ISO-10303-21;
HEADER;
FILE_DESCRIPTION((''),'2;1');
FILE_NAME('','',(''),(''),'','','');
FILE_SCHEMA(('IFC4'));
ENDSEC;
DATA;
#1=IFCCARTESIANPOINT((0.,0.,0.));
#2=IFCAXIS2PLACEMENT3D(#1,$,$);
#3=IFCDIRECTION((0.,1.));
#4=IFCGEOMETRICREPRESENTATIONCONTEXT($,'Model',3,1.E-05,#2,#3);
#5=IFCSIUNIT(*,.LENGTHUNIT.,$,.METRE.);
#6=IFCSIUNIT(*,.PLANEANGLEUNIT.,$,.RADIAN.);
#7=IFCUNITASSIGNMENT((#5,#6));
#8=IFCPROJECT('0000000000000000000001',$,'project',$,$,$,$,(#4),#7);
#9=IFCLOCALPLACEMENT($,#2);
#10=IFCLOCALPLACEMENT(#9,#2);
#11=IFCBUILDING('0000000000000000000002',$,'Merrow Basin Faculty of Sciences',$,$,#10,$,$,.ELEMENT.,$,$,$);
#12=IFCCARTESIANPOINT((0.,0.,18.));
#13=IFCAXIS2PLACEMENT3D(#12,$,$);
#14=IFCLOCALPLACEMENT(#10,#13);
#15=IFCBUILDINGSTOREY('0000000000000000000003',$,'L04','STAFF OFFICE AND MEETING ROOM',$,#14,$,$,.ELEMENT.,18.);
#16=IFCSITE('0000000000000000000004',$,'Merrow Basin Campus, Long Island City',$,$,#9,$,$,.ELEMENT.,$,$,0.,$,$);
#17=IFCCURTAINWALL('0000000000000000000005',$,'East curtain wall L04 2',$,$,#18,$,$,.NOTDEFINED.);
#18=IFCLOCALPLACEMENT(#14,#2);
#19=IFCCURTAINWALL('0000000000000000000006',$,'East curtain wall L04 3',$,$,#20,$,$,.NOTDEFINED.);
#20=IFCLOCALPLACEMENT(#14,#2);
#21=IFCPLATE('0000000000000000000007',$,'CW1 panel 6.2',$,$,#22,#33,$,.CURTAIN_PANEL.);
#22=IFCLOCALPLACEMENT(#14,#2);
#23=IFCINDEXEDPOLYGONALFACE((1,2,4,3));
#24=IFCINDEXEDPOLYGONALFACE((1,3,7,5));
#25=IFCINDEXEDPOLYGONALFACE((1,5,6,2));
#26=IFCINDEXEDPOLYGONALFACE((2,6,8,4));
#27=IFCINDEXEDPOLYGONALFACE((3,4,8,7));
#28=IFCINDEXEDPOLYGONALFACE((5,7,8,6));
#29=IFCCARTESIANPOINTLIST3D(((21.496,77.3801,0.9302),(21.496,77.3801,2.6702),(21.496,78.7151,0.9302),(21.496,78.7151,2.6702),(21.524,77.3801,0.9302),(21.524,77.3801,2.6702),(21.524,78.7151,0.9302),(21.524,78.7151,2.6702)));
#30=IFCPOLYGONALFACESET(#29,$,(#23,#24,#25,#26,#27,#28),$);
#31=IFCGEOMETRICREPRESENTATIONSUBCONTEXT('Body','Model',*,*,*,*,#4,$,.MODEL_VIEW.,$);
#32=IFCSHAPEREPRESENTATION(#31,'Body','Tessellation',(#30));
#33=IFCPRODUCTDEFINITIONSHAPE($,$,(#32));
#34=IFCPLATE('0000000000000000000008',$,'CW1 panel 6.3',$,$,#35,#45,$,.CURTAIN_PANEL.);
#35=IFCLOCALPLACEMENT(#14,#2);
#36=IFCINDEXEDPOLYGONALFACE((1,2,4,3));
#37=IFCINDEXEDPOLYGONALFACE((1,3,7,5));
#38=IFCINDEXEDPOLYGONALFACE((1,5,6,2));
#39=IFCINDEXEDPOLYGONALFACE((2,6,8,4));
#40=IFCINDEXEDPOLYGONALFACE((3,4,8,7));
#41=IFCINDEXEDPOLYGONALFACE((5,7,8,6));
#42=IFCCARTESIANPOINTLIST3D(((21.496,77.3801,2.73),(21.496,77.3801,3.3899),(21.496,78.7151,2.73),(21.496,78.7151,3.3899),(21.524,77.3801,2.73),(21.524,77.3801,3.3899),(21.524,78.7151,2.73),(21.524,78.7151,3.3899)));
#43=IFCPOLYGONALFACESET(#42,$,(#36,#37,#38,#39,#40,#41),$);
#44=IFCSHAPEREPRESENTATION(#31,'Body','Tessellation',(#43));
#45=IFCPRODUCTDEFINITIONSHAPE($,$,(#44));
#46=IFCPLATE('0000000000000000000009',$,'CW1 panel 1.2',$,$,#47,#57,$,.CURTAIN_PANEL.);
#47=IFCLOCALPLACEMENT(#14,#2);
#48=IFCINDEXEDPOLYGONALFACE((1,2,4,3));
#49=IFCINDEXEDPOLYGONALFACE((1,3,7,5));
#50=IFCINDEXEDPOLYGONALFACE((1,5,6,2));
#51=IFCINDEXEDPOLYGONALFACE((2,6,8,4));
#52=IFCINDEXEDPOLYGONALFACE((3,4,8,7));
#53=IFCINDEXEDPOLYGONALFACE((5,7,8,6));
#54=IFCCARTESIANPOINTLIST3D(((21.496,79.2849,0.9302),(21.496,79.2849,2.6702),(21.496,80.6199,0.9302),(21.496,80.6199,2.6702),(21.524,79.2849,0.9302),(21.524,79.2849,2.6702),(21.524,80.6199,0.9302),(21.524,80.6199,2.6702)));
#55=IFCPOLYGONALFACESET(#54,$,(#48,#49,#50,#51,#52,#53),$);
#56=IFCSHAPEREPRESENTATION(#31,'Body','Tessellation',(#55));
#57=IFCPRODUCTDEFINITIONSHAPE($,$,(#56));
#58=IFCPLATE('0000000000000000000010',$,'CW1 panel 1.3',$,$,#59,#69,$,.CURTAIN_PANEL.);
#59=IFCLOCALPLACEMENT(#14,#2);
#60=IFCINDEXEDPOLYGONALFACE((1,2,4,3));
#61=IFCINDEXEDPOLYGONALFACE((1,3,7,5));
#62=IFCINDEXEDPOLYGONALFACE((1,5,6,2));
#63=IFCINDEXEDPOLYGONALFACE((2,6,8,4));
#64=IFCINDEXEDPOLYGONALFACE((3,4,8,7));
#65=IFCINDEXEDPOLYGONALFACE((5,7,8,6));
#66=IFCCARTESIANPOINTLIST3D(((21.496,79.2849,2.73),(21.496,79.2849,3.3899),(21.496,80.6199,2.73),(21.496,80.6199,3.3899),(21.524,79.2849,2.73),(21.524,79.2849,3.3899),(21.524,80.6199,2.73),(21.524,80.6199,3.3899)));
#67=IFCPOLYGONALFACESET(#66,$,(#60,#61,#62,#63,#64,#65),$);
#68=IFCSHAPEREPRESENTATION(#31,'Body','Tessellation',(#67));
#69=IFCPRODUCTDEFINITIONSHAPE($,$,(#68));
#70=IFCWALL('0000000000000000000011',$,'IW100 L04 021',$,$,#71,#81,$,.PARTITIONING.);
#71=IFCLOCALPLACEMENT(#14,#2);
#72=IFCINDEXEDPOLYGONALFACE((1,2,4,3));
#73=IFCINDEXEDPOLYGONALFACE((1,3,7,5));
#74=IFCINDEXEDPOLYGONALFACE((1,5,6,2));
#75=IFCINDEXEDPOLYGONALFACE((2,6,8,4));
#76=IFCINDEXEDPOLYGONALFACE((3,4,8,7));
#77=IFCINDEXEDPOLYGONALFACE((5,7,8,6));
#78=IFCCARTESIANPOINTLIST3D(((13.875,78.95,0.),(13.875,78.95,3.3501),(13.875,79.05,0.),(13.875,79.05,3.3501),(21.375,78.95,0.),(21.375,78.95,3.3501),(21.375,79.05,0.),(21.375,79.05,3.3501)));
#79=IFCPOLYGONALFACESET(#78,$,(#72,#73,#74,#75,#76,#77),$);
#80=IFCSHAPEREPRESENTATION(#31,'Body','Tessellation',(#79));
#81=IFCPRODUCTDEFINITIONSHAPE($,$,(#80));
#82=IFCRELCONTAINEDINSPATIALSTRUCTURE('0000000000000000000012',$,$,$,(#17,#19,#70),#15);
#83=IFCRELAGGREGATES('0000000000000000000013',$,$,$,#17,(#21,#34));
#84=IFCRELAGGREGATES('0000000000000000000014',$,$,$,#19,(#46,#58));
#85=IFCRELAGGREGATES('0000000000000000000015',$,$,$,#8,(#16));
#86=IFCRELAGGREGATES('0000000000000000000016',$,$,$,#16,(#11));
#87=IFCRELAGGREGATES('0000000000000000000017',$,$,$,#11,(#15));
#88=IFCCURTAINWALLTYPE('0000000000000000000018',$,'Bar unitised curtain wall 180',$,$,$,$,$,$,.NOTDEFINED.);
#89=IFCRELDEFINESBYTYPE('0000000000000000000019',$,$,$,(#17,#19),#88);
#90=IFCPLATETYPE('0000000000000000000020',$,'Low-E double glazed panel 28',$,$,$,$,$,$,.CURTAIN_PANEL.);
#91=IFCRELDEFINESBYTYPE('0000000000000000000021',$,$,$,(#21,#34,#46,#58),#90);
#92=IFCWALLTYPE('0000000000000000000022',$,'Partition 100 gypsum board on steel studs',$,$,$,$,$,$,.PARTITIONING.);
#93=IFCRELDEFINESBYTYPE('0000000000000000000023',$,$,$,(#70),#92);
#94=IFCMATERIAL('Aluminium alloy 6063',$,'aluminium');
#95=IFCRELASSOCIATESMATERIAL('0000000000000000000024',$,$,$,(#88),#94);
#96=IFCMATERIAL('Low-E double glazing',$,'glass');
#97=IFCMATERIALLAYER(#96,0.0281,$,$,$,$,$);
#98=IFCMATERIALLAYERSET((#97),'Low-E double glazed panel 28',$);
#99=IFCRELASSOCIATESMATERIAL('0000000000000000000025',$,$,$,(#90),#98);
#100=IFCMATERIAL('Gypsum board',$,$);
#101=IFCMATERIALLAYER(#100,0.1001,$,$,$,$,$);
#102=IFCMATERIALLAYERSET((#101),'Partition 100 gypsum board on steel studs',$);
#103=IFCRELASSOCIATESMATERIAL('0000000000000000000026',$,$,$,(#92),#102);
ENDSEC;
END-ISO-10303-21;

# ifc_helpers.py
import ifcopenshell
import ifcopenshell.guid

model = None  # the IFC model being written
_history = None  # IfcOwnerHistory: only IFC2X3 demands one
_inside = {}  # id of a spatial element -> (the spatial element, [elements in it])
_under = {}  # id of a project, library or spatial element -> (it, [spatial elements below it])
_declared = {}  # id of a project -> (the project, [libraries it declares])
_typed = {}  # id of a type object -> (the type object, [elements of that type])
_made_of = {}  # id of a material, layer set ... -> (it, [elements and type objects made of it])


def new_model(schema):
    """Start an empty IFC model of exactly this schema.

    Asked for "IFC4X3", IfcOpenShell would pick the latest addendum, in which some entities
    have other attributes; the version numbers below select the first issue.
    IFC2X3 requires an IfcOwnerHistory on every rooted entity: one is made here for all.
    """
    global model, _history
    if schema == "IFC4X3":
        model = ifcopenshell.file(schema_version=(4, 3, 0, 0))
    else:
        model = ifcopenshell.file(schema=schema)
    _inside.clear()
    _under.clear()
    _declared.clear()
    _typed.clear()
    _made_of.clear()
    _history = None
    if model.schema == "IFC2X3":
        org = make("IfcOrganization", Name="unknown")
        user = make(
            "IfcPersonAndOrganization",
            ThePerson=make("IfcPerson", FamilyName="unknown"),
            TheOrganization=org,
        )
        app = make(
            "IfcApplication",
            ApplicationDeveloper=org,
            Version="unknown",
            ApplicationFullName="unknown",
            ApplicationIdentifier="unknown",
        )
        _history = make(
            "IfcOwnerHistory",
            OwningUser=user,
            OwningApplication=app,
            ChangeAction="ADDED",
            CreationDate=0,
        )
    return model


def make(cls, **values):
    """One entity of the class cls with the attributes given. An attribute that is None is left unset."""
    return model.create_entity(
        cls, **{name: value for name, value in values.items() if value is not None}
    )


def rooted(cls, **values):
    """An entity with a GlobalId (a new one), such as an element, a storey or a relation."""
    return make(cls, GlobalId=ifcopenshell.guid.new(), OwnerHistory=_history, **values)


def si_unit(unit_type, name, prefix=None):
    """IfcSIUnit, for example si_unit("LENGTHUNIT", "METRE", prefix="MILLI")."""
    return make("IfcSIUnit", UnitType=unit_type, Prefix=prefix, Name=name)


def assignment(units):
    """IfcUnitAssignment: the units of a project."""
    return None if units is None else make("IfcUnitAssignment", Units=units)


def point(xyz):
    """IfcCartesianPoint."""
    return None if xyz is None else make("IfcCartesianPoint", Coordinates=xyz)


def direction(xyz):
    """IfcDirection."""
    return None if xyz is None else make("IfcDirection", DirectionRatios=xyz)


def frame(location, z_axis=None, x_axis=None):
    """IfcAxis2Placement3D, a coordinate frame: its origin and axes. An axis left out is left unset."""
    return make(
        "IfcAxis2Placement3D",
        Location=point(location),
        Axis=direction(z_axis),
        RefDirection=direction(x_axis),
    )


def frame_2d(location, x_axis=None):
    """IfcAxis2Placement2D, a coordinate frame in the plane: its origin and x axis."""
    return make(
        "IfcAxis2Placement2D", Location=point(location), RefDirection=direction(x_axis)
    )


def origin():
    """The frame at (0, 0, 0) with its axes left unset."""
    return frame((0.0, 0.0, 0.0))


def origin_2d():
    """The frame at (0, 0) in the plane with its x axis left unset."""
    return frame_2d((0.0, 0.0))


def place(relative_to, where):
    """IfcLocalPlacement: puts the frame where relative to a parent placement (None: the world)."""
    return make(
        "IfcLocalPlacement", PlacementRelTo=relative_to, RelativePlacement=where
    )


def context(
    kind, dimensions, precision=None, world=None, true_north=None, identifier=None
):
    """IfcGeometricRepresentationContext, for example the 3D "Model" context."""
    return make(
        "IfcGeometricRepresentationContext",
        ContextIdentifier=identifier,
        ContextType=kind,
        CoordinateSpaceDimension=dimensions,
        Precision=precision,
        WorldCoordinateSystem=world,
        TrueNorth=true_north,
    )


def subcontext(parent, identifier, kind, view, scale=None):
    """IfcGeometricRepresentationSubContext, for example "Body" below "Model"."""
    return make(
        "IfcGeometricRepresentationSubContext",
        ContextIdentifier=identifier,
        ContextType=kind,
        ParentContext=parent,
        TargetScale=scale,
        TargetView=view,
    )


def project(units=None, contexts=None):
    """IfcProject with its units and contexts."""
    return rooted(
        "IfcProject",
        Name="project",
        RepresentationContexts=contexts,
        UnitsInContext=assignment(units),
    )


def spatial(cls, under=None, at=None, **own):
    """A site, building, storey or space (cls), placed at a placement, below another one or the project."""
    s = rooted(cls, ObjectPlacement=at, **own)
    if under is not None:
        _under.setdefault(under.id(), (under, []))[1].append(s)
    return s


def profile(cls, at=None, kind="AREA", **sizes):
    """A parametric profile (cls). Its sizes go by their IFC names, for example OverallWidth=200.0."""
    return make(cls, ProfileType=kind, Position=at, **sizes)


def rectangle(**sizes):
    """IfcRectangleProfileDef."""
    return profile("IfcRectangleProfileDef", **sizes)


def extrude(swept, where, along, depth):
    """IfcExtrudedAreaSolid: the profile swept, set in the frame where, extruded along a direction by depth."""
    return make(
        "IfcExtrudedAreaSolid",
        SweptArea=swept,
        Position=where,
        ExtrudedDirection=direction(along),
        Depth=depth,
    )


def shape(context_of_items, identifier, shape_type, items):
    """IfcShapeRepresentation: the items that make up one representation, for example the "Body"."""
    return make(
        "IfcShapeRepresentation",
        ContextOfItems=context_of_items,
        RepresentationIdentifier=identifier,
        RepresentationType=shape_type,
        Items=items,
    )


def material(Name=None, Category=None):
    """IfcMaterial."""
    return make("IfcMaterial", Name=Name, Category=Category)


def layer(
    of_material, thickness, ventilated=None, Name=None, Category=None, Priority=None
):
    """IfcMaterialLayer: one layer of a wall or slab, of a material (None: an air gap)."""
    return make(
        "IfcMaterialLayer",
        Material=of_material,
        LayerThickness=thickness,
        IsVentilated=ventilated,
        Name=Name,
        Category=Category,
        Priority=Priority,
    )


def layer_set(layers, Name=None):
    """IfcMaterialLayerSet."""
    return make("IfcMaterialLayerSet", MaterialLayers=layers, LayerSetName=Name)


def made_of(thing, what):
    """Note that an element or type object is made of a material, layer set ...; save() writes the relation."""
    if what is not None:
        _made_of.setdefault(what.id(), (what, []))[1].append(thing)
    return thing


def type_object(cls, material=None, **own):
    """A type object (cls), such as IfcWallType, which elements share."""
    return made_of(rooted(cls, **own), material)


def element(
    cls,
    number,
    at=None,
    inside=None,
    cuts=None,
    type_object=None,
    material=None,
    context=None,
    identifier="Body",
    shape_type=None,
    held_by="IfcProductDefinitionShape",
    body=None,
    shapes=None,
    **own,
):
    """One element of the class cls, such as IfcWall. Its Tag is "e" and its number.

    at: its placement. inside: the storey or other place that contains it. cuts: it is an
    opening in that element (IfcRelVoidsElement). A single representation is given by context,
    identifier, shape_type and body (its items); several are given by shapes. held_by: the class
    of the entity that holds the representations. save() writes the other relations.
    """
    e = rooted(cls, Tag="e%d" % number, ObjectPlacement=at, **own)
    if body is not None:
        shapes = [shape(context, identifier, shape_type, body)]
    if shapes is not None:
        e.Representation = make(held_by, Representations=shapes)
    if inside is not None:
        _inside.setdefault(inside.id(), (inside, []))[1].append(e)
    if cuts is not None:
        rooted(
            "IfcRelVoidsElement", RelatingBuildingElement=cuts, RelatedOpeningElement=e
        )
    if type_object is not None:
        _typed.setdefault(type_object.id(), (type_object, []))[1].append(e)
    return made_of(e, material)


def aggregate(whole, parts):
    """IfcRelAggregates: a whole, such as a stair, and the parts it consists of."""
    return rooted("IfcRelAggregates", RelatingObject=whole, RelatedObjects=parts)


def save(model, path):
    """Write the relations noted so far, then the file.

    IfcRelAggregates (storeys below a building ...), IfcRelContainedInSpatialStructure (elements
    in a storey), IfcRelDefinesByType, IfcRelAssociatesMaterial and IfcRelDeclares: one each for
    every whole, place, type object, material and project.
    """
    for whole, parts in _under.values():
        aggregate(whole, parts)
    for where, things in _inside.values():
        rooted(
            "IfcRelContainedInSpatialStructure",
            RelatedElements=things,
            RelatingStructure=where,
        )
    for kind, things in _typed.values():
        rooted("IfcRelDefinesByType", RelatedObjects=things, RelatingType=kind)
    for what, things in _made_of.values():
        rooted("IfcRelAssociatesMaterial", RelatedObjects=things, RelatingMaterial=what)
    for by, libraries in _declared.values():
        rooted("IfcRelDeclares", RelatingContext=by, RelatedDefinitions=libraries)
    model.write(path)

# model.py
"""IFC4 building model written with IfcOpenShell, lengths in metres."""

from ifc_helpers import new_model, si_unit, direction, frame, frame_2d, origin, origin_2d, place, context, subcontext, project, spatial, rectangle, extrude, material, layer, layer_set, type_object, element, aggregate, save


model = new_model("IFC4")

# Units and contexts
model_context = context("Model", 3, precision=1e-05, world=origin(), true_north=direction((0.0, 1.0)))
body_context = subcontext(model_context, "Body", "Model", "MODEL_VIEW")
ifc_project = project(units=[si_unit("LENGTHUNIT", "METRE"), si_unit("PLANEANGLEUNIT", "RADIAN")], contexts=[model_context])

# Site, building, storey
site_placement = place(None, origin())
site = spatial("IfcSite", under=ifc_project, at=site_placement, Name="Merrow Basin Campus, Long Island City", CompositionType="ELEMENT", RefElevation=0.0)
building_placement = place(site_placement, origin())
building = spatial("IfcBuilding", under=site, at=building_placement, Name="Merrow Basin Faculty of Sciences", CompositionType="ELEMENT")
storey_placement = place(building_placement, frame((0.0, 0.0, 18.0)))
storey = spatial("IfcBuildingStorey", under=building, at=storey_placement, Name="L04", Description="STAFF OFFICE AND MEETING ROOM", CompositionType="ELEMENT", Elevation=18.0)

# Curtain walls
ifc_material_1 = material(Name="Aluminium alloy 6063", Category="aluminium")
curtain_wall_type = type_object("IfcCurtainWallType", Name="Bar unitised curtain wall 180", PredefinedType="NOTDEFINED", material=ifc_material_1)
curtain_wall_1_placement = place(storey_placement, origin())
curtain_wall_1 = element("IfcCurtainWall", 1, at=curtain_wall_1_placement, inside=storey, type_object=curtain_wall_type, Name="East curtain wall L04 2", PredefinedType="NOTDEFINED")
curtain_wall_2_placement = place(storey_placement, origin())
curtain_wall_2 = element("IfcCurtainWall", 2, at=curtain_wall_2_placement, inside=storey, type_object=curtain_wall_type, Name="East curtain wall L04 3", PredefinedType="NOTDEFINED")

# Plates
ifc_material_2 = material(Name="Low-E double glazing", Category="glass")
ifc_layer_1 = layer(ifc_material_2, 0.0281)
ifc_layer_set_1 = layer_set([ifc_layer_1], Name="Low-E double glazed panel 28")
plate_type_1 = type_object("IfcPlateType", Name="Low-E double glazed panel 28", PredefinedType="CURTAIN_PANEL", material=ifc_layer_set_1)
plate_1_placement = place(storey_placement, frame((21.51, 78.0476, 0.9302), z_axis=(0.0, 0.0, 1.0), x_axis=(0.0, 1.0, 0.0)))
plate_1 = element("IfcPlate", 3, at=plate_1_placement, type_object=plate_type_1, Name="CW1 panel 6.2", PredefinedType="CURTAIN_PANEL", context=body_context, shape_type="SweptSolid", body=[
    extrude(rectangle(XDim=1.335, YDim=0.0281, at=origin_2d()), origin(), (0.0, 0.0, 1.0), 1.74),
])
plate_2_placement = place(storey_placement, frame((21.51, 78.0476, 2.73), z_axis=(0.0, 0.0, 1.0), x_axis=(0.0, 1.0, 0.0)))
plate_2 = element("IfcPlate", 4, at=plate_2_placement, type_object=plate_type_1, Name="CW1 panel 6.3", PredefinedType="CURTAIN_PANEL", context=body_context, shape_type="SweptSolid", body=[
    extrude(rectangle(XDim=1.335, YDim=0.0281, at=origin_2d()), origin(), (0.0, 0.0, 1.0), 0.6599),
])
aggregate(curtain_wall_1, [plate_1, plate_2])
plate_3_placement = place(storey_placement, frame((21.51, 79.9524, 0.9302), z_axis=(0.0, 0.0, 1.0), x_axis=(0.0, 1.0, 0.0)))
plate_3 = element("IfcPlate", 5, at=plate_3_placement, type_object=plate_type_1, Name="CW1 panel 1.2", PredefinedType="CURTAIN_PANEL", context=body_context, shape_type="SweptSolid", body=[
    extrude(rectangle(XDim=1.335, YDim=0.0281, at=origin_2d()), origin(), (0.0, 0.0, 1.0), 1.74),
])
plate_4_placement = place(storey_placement, frame((21.51, 79.9524, 2.73), z_axis=(0.0, 0.0, 1.0), x_axis=(0.0, 1.0, 0.0)))
plate_4 = element("IfcPlate", 6, at=plate_4_placement, type_object=plate_type_1, Name="CW1 panel 1.3", PredefinedType="CURTAIN_PANEL", context=body_context, shape_type="SweptSolid", body=[
    extrude(rectangle(XDim=1.335, YDim=0.0281, at=origin_2d()), origin(), (0.0, 0.0, 1.0), 0.6599),
])
aggregate(curtain_wall_2, [plate_3, plate_4])

# Wall
ifc_material_3 = material(Name="Gypsum board")
ifc_layer_2 = layer(ifc_material_3, 0.1001)
ifc_layer_set_2 = layer_set([ifc_layer_2], Name="Partition 100 gypsum board on steel studs")
wall_type = type_object("IfcWallType", Name="Partition 100 gypsum board on steel studs", PredefinedType="PARTITIONING", material=ifc_layer_set_2)
wall_placement = place(storey_placement, frame((13.875, 79.0, 0.0), z_axis=(0.0, 0.0, 1.0), x_axis=(1.0, 0.0, 0.0)))
element("IfcWall", 7, at=wall_placement, inside=storey, type_object=wall_type, Name="IW100 L04 021", PredefinedType="PARTITIONING", context=body_context, shape_type="SweptSolid", body=[
    extrude(rectangle(XDim=7.5, YDim=0.1001, at=frame_2d((3.75, 0.0))), origin(), (0.0, 0.0, 1.0), 3.3501),
])

save(model, "model.ifc")
